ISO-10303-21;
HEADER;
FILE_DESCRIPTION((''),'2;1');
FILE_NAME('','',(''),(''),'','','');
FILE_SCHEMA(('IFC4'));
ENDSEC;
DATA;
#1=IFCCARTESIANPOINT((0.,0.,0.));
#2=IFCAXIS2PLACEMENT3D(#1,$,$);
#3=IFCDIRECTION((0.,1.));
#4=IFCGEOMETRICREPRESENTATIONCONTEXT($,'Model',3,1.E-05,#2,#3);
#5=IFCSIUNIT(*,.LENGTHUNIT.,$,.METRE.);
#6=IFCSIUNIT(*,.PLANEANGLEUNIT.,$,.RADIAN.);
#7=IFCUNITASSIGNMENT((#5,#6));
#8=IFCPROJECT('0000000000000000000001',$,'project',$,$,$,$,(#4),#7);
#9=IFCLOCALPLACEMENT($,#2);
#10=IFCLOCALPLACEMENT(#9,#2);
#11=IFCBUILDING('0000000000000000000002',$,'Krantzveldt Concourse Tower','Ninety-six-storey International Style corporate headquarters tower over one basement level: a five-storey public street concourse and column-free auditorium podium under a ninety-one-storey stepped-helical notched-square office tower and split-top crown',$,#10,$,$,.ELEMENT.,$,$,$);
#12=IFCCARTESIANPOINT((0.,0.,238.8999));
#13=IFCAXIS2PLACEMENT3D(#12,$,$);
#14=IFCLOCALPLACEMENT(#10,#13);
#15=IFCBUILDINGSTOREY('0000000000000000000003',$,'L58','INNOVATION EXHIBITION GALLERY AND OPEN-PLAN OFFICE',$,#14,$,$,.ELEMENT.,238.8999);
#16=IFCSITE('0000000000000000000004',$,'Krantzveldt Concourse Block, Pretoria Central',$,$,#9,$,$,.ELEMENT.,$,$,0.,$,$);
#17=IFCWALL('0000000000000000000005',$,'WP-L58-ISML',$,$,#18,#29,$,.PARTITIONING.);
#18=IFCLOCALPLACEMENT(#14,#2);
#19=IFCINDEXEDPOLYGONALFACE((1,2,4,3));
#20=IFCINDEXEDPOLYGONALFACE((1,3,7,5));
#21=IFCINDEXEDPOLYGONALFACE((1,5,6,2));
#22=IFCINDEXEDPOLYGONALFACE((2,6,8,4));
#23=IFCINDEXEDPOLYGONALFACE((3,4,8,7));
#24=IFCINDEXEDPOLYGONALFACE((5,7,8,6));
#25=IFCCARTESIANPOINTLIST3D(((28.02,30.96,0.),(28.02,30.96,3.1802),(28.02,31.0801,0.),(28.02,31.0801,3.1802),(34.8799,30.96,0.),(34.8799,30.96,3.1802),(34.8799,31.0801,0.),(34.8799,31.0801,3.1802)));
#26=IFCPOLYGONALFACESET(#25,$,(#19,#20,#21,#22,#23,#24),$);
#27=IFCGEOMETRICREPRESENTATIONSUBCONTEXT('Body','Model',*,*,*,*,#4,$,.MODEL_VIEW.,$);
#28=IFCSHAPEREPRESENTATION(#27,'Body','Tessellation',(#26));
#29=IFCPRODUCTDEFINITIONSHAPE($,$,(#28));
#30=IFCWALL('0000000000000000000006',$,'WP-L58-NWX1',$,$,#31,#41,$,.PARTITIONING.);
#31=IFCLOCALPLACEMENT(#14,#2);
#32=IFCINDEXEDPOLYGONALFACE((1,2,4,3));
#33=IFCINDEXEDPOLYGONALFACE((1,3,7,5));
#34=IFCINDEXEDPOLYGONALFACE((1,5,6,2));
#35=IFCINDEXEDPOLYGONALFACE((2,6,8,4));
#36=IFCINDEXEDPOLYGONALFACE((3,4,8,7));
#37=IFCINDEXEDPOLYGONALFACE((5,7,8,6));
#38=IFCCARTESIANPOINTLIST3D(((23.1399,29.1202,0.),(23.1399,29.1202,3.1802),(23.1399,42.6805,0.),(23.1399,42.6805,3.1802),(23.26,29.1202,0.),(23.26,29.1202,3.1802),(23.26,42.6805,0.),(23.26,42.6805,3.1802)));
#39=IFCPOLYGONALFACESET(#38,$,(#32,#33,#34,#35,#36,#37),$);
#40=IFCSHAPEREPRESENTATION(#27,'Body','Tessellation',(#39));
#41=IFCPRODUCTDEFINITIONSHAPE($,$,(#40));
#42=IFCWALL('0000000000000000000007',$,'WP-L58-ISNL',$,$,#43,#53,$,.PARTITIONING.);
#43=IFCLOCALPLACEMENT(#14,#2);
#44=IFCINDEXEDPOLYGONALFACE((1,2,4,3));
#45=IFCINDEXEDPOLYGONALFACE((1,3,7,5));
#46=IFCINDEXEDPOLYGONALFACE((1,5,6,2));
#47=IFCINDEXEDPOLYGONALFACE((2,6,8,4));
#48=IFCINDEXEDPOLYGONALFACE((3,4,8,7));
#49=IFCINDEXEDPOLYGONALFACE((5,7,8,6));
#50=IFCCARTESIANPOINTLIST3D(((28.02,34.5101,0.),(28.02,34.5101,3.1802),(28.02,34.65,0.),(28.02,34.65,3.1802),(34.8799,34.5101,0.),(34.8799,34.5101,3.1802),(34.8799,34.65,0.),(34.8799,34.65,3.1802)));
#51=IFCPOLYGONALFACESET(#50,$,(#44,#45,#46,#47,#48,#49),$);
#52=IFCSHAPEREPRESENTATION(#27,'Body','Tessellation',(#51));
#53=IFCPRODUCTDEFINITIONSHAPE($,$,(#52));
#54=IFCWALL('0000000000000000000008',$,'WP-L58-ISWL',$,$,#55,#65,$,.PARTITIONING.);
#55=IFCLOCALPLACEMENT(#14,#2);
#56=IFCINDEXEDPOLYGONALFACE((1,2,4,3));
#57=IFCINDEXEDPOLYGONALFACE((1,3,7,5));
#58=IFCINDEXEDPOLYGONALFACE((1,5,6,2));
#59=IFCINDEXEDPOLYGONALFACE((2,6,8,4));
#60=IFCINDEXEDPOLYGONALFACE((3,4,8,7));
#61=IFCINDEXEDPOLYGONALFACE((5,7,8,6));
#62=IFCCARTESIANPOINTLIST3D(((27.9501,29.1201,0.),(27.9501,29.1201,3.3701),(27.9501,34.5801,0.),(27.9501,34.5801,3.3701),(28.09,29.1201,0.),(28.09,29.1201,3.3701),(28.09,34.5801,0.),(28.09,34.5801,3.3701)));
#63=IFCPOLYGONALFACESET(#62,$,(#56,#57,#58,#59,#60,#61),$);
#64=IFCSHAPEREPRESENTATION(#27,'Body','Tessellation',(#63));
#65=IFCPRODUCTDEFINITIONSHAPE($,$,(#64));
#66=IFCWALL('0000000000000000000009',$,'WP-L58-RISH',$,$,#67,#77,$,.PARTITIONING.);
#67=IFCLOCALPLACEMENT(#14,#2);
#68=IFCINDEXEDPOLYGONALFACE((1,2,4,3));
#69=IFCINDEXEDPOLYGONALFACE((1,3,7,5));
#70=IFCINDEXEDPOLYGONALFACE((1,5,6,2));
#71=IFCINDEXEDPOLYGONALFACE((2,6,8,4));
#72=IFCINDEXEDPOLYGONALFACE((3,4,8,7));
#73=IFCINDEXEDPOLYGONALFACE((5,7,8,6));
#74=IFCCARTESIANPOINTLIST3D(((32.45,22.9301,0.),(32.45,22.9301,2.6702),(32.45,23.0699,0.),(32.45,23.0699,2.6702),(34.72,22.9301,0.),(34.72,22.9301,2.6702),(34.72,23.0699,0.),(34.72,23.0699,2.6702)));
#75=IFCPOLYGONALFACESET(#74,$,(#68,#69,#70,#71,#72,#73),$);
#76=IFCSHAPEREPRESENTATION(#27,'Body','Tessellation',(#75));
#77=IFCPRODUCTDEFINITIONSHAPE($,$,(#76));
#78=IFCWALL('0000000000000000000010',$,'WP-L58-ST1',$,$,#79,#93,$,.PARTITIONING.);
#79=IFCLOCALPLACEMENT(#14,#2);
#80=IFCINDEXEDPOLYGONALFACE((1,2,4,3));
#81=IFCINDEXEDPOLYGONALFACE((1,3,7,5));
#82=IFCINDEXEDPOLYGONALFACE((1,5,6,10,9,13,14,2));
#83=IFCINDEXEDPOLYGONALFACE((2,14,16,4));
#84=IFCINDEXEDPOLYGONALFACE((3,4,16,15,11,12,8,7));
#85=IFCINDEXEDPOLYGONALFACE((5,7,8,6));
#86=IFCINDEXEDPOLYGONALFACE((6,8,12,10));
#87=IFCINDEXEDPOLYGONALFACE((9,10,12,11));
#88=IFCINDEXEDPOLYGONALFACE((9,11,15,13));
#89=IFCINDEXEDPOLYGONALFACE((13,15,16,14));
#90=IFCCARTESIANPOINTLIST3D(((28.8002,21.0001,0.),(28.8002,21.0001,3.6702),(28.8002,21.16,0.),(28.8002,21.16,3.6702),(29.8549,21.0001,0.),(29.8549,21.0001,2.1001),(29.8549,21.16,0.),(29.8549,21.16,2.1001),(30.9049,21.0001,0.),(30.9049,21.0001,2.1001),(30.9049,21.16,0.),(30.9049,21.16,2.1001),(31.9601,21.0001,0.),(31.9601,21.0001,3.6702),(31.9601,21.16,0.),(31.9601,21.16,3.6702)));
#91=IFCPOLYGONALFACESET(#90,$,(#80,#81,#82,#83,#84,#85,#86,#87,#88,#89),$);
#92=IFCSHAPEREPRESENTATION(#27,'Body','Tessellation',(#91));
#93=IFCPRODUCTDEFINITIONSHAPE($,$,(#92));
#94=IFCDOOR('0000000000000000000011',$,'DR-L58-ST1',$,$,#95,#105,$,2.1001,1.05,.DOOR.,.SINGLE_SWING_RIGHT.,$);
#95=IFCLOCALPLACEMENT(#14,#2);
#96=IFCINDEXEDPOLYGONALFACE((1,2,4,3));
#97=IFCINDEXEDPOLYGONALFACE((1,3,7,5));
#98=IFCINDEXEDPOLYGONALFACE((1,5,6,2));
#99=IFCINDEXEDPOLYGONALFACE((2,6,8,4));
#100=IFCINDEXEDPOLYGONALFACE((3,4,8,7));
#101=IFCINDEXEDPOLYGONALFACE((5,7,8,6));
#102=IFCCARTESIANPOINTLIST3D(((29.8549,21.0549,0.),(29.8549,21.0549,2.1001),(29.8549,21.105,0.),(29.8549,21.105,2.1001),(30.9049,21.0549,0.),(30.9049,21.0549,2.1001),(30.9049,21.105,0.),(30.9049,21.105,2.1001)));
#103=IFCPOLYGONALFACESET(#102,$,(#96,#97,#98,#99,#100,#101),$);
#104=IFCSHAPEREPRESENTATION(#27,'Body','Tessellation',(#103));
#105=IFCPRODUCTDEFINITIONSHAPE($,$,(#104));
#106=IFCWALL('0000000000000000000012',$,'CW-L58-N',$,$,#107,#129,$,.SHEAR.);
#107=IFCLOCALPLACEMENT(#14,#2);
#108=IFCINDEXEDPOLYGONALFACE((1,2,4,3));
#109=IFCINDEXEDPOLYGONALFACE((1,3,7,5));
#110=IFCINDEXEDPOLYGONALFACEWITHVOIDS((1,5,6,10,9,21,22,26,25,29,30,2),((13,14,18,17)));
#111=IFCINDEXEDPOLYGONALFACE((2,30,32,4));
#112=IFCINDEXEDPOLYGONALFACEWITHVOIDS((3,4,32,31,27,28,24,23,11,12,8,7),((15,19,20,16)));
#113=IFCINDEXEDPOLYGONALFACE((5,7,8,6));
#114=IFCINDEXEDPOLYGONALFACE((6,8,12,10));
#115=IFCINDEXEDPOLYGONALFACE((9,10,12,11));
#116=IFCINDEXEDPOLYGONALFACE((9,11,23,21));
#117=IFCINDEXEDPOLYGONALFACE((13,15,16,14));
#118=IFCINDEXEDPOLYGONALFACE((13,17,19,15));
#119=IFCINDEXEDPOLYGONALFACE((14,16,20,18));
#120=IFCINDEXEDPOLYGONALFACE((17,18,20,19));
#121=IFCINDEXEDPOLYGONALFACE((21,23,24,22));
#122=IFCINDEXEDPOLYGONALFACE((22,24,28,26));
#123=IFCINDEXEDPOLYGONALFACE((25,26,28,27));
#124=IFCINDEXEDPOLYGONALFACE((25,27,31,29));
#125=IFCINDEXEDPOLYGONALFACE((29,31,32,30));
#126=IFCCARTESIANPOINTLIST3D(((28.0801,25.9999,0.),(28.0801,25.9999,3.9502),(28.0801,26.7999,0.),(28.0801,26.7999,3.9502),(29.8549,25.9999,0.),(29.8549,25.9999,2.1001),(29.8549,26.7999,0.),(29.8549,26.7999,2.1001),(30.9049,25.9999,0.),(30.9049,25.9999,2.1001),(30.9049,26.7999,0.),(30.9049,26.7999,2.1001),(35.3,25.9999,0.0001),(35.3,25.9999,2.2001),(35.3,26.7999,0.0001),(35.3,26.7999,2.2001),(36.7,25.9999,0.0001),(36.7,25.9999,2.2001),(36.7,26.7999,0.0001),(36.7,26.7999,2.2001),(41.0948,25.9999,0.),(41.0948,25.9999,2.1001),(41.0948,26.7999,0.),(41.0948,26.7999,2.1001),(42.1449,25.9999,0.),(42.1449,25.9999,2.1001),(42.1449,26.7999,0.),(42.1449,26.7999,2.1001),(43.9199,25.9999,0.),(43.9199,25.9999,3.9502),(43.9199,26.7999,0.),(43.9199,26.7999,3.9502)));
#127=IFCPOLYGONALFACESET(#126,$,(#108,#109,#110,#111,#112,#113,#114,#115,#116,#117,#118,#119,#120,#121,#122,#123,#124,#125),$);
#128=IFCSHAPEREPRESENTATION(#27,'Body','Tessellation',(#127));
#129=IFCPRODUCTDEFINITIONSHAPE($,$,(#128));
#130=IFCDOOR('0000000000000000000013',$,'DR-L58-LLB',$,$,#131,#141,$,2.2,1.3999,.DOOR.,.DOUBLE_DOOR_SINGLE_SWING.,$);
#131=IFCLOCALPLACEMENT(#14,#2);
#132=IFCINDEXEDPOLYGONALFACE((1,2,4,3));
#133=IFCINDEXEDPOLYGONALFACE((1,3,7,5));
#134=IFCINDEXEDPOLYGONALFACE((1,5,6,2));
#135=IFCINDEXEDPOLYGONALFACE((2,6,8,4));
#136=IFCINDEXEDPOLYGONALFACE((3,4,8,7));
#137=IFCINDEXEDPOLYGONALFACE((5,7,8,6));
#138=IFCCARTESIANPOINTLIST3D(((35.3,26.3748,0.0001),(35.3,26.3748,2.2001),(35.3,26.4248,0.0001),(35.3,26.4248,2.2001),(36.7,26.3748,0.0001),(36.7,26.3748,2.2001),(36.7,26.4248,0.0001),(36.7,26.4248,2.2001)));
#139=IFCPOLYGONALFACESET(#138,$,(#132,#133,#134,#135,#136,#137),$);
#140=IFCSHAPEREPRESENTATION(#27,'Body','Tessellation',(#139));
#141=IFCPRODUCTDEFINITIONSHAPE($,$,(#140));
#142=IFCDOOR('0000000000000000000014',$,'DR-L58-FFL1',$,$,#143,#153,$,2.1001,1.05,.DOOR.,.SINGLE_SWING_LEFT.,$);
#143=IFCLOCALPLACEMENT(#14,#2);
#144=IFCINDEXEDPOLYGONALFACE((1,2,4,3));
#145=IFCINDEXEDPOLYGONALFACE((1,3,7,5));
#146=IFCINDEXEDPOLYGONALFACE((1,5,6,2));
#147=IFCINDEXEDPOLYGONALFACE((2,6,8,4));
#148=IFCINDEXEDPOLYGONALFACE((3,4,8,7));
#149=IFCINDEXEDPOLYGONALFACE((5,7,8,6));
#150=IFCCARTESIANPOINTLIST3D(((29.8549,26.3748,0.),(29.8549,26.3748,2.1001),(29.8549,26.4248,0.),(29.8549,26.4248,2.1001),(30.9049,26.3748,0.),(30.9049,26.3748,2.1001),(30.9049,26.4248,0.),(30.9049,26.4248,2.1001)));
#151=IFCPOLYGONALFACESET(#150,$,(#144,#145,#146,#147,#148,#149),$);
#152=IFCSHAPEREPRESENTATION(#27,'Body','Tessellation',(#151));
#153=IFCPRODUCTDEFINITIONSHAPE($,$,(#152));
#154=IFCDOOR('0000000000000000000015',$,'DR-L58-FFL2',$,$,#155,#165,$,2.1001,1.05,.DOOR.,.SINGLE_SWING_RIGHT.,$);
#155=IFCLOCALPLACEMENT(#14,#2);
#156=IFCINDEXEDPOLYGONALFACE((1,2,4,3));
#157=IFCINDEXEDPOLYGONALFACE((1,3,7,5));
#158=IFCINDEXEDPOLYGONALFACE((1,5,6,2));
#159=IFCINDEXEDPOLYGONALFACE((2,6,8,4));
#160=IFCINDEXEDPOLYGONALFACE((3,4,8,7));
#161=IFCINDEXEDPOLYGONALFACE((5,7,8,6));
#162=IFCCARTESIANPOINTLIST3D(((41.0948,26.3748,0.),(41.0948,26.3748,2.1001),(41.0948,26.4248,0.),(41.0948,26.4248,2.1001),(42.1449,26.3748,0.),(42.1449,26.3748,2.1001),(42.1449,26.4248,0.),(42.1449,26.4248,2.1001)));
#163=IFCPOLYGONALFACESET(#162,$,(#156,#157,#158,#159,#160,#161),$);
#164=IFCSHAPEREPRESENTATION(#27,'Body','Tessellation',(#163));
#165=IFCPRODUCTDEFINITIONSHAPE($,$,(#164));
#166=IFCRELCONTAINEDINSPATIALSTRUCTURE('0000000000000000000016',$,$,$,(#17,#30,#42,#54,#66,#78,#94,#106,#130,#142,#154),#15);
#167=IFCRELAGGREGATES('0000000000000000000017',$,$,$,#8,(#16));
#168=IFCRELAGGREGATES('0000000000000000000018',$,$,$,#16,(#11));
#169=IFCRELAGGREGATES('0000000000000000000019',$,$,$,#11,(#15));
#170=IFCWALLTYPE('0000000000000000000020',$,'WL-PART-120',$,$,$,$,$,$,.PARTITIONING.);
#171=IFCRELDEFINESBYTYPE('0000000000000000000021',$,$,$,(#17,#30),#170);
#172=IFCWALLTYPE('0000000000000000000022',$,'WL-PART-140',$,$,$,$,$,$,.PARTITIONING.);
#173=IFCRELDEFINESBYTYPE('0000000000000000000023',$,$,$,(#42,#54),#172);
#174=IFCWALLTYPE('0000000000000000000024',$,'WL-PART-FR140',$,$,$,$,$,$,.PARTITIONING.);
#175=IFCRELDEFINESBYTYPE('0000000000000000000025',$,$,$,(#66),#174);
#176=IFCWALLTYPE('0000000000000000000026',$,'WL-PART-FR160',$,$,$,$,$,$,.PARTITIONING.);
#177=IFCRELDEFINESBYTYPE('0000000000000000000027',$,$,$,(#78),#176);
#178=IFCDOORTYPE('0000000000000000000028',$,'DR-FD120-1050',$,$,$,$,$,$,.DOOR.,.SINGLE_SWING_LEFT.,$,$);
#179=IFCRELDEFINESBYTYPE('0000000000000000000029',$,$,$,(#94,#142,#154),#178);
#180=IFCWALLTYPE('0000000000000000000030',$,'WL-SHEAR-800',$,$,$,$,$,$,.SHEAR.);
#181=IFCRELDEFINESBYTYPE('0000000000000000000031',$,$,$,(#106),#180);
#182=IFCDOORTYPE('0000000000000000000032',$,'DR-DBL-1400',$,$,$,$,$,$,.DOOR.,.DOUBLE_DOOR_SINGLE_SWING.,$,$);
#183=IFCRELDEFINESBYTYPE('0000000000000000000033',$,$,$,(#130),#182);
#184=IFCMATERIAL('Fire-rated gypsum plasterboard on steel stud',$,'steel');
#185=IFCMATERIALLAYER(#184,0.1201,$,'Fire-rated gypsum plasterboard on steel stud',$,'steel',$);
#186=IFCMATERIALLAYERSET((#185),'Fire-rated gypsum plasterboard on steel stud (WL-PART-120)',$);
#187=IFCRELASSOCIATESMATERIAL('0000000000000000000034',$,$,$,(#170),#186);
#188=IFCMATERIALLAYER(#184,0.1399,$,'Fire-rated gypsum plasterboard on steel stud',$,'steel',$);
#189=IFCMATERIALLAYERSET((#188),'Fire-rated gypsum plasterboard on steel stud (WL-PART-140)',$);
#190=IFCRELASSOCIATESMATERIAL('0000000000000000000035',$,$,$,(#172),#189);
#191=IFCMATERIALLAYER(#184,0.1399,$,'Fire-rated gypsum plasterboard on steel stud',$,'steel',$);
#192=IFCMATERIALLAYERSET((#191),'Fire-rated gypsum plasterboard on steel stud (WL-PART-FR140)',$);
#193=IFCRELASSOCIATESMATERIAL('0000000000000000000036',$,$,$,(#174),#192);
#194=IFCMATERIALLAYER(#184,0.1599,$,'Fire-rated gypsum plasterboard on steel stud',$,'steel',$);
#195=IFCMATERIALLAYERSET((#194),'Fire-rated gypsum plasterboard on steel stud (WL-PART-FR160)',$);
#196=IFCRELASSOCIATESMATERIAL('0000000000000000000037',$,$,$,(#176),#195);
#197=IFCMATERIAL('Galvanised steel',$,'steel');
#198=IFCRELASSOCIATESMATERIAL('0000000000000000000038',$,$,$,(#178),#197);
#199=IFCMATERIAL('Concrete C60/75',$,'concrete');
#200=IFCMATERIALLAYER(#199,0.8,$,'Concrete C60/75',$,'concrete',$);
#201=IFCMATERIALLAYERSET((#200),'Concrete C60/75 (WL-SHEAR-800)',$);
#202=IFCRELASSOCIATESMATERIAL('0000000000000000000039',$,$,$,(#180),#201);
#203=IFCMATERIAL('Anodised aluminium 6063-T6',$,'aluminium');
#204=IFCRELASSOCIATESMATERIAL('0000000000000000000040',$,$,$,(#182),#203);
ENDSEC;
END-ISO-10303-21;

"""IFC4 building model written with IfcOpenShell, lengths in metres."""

from ifc_helpers import new_model, si_unit, direction, frame, frame_2d, origin, place, context, subcontext, project, spatial, rectangle, extrude, material, layer, layer_set, type_object, element, fill, save


model = new_model("IFC4")

# Units and contexts
model_context = context("Model", 3, precision=1e-05, world=origin(), true_north=direction((0.0, 1.0)))
body_context = subcontext(model_context, "Body", "Model", "MODEL_VIEW")
ifc_project = project(units=[si_unit("LENGTHUNIT", "METRE"), si_unit("PLANEANGLEUNIT", "RADIAN")], contexts=[model_context])

# Site, building, storey
site_placement = place(None, origin())
site = spatial("IfcSite", under=ifc_project, at=site_placement, Name="Krantzveldt Concourse Block, Pretoria Central", CompositionType="ELEMENT", RefElevation=0.0)
building_placement = place(site_placement, origin())
building = spatial("IfcBuilding", under=site, at=building_placement, Name="Krantzveldt Concourse Tower", Description="Ninety-six-storey International Style corporate headquarters tower over one basement level: a five-storey public street concourse and column-free auditorium podium under a ninety-one-storey stepped-helical notched-square office tower and split-top crown", CompositionType="ELEMENT")
storey_placement = place(building_placement, frame((0.0, 0.0, 238.8999)))
storey = spatial("IfcBuildingStorey", under=building, at=storey_placement, Name="L58", Description="INNOVATION EXHIBITION GALLERY AND OPEN-PLAN OFFICE", CompositionType="ELEMENT", Elevation=238.8999)

# Walls
ifc_material_1 = material(Name="Fire-rated gypsum plasterboard on steel stud", Category="steel")
ifc_layer_1 = layer(ifc_material_1, 0.1201, Name="Fire-rated gypsum plasterboard on steel stud", Category="steel")
ifc_layer_set_1 = layer_set([ifc_layer_1], Name="Fire-rated gypsum plasterboard on steel stud (WL-PART-120)")
wall_type_1 = type_object("IfcWallType", Name="WL-PART-120", PredefinedType="PARTITIONING", material=ifc_layer_set_1)
wall_1_placement = place(storey_placement, frame((28.02, 31.02, 0.0), z_axis=(0.0, 0.0, 1.0), x_axis=(1.0, 0.0, 0.0)))
element("IfcWall", 1, at=wall_1_placement, inside=storey, type_object=wall_type_1, Name="WP-L58-ISML", PredefinedType="PARTITIONING", context=body_context, shape_type="SweptSolid", body=[
    extrude(rectangle(XDim=6.8599, YDim=0.1201, at=frame_2d((3.4299, 0.0))), origin(), (0.0, 0.0, 1.0), 3.1802),
])
wall_2_placement = place(storey_placement, frame((23.2, 29.1201, 0.0), z_axis=(0.0, 0.0, 1.0), x_axis=(0.0, 1.0, 0.0)))
element("IfcWall", 2, at=wall_2_placement, inside=storey, type_object=wall_type_1, Name="WP-L58-NWX1", PredefinedType="PARTITIONING", context=body_context, shape_type="SweptSolid", body=[
    extrude(rectangle(XDim=13.5603, YDim=0.1201, at=frame_2d((6.7803, 0.0))), origin(), (0.0, 0.0, 1.0), 3.1802),
])
ifc_layer_2 = layer(ifc_material_1, 0.1399, Name="Fire-rated gypsum plasterboard on steel stud", Category="steel")
ifc_layer_set_2 = layer_set([ifc_layer_2], Name="Fire-rated gypsum plasterboard on steel stud (WL-PART-140)")
wall_type_2 = type_object("IfcWallType", Name="WL-PART-140", PredefinedType="PARTITIONING", material=ifc_layer_set_2)
wall_3_placement = place(storey_placement, frame((28.02, 34.5801, 0.0), z_axis=(0.0, 0.0, 1.0), x_axis=(1.0, 0.0, 0.0)))
element("IfcWall", 3, at=wall_3_placement, inside=storey, type_object=wall_type_2, Name="WP-L58-ISNL", PredefinedType="PARTITIONING", context=body_context, shape_type="SweptSolid", body=[
    extrude(rectangle(XDim=6.8599, YDim=0.1399, at=frame_2d((3.4299, 0.0))), origin(), (0.0, 0.0, 1.0), 3.1802),
])
wall_4_placement = place(storey_placement, frame((28.02, 29.1201, 0.0), z_axis=(0.0, 0.0, 1.0), x_axis=(0.0, 1.0, 0.0)))
element("IfcWall", 4, at=wall_4_placement, inside=storey, type_object=wall_type_2, Name="WP-L58-ISWL", PredefinedType="PARTITIONING", context=body_context, shape_type="SweptSolid", body=[
    extrude(rectangle(XDim=5.46, YDim=0.1399, at=frame_2d((2.73, 0.0))), origin(), (0.0, 0.0, 1.0), 3.3701),
])
ifc_layer_3 = layer(ifc_material_1, 0.1399, Name="Fire-rated gypsum plasterboard on steel stud", Category="steel")
ifc_layer_set_3 = layer_set([ifc_layer_3], Name="Fire-rated gypsum plasterboard on steel stud (WL-PART-FR140)")
wall_type_3 = type_object("IfcWallType", Name="WL-PART-FR140", PredefinedType="PARTITIONING", material=ifc_layer_set_3)
wall_5_placement = place(storey_placement, frame((32.45, 23.0, 0.0), z_axis=(0.0, 0.0, 1.0), x_axis=(1.0, 0.0, 0.0)))
element("IfcWall", 5, at=wall_5_placement, inside=storey, type_object=wall_type_3, Name="WP-L58-RISH", PredefinedType="PARTITIONING", context=body_context, shape_type="SweptSolid", body=[
    extrude(rectangle(XDim=2.27, YDim=0.1399, at=frame_2d((1.135, 0.0))), origin(), (0.0, 0.0, 1.0), 2.6702),
])

# Wall, opening, door
ifc_layer_4 = layer(ifc_material_1, 0.1599, Name="Fire-rated gypsum plasterboard on steel stud", Category="steel")
ifc_layer_set_4 = layer_set([ifc_layer_4], Name="Fire-rated gypsum plasterboard on steel stud (WL-PART-FR160)")
wall_type_4 = type_object("IfcWallType", Name="WL-PART-FR160", PredefinedType="PARTITIONING", material=ifc_layer_set_4)
wall_6_placement = place(storey_placement, frame((28.8, 21.0801, 0.0), z_axis=(0.0, 0.0, 1.0), x_axis=(1.0, 0.0, 0.0)))
wall_6 = element("IfcWall", 6, at=wall_6_placement, inside=storey, type_object=wall_type_4, Name="WP-L58-ST1", PredefinedType="PARTITIONING", context=body_context, shape_type="SweptSolid", body=[
    extrude(rectangle(XDim=3.1599, YDim=0.1599, at=frame_2d((1.5801, 0.0))), origin(), (0.0, 0.0, 1.0), 3.6702),
])
opening_1_placement = place(wall_6_placement, frame((1.0549, 0.0, 0.0)))
opening_1 = element("IfcOpeningElement", 7, at=opening_1_placement, cuts=wall_6, PredefinedType="OPENING", context=body_context, shape_type="SweptSolid", body=[
    extrude(rectangle(XDim=1.05, YDim=2.1001, at=frame_2d((0.5249, 1.05))), frame((0.0, 0.0898, 0.0), z_axis=(0.0, -1.0, 0.0), x_axis=(1.0, 0.0, 0.0)), (0.0, 0.0, 1.0), 0.1799),
])
ifc_material_2 = material(Name="Galvanised steel", Category="steel")
door_type_1 = type_object("IfcDoorType", Name="DR-FD120-1050", OperationType="SINGLE_SWING_LEFT", PredefinedType="DOOR", material=ifc_material_2)
door_1_placement = place(opening_1_placement, origin())
door_1 = element("IfcDoor", 8, at=door_1_placement, inside=storey, type_object=door_type_1, Name="DR-L58-ST1", OperationType="SINGLE_SWING_RIGHT", OverallHeight=2.1001, OverallWidth=1.05, PredefinedType="DOOR", context=body_context, shape_type="SweptSolid", body=[
    extrude(rectangle(XDim=1.05, YDim=2.1001, at=frame_2d((0.5249, 1.05))), frame((0.0, 0.0249, 0.0), z_axis=(0.0, -1.0, 0.0), x_axis=(1.0, 0.0, 0.0)), (0.0, 0.0, 1.0), 0.05),
])
fill(opening_1, door_1)

# Wall, openings, doors
ifc_material_3 = material(Name="Concrete C60/75", Category="concrete")
ifc_layer_5 = layer(ifc_material_3, 0.8, Name="Concrete C60/75", Category="concrete")
ifc_layer_set_5 = layer_set([ifc_layer_5], Name="Concrete C60/75 (WL-SHEAR-800)")
wall_type_5 = type_object("IfcWallType", Name="WL-SHEAR-800", PredefinedType="SHEAR", material=ifc_layer_set_5)
wall_7_placement = place(storey_placement, frame((28.0801, 26.3999, 0.0), z_axis=(0.0, 0.0, 1.0), x_axis=(1.0, 0.0, 0.0)))
wall_7 = element("IfcWall", 9, at=wall_7_placement, inside=storey, type_object=wall_type_5, Name="CW-L58-N", PredefinedType="SHEAR", context=body_context, shape_type="SweptSolid", body=[
    extrude(rectangle(XDim=15.8398, YDim=0.8, at=frame_2d((7.9199, 0.0))), origin(), (0.0, 0.0, 1.0), 3.9502),
])
opening_2_placement = place(wall_7_placement, frame((7.22, 0.0, 0.0)))
opening_2 = element("IfcOpeningElement", 10, at=opening_2_placement, cuts=wall_7, PredefinedType="OPENING", context=body_context, shape_type="SweptSolid", body=[
    extrude(rectangle(XDim=1.3999, YDim=2.2, at=frame_2d((0.7, 1.1001))), frame((0.0, 0.4102, 0.0), z_axis=(0.0, -1.0, 0.0), x_axis=(1.0, 0.0, 0.0)), (0.0, 0.0, 1.0), 0.8201),
])
opening_3_placement = place(wall_7_placement, frame((1.7749, 0.0, 0.0)))
opening_3 = element("IfcOpeningElement", 11, at=opening_3_placement, cuts=wall_7, PredefinedType="OPENING", context=body_context, shape_type="SweptSolid", body=[
    extrude(rectangle(XDim=1.05, YDim=2.1001, at=frame_2d((0.5249, 1.05))), frame((0.0, 0.4102, 0.0), z_axis=(0.0, -1.0, 0.0), x_axis=(1.0, 0.0, 0.0)), (0.0, 0.0, 1.0), 0.8201),
])
opening_4_placement = place(wall_7_placement, frame((13.0149, 0.0, 0.0)))
opening_4 = element("IfcOpeningElement", 12, at=opening_4_placement, cuts=wall_7, PredefinedType="OPENING", context=body_context, shape_type="SweptSolid", body=[
    extrude(rectangle(XDim=1.05, YDim=2.1001, at=frame_2d((0.5249, 1.05))), frame((0.0, 0.4102, 0.0), z_axis=(0.0, -1.0, 0.0), x_axis=(1.0, 0.0, 0.0)), (0.0, 0.0, 1.0), 0.8201),
])
ifc_material_4 = material(Name="Anodised aluminium 6063-T6", Category="aluminium")
door_type_2 = type_object("IfcDoorType", Name="DR-DBL-1400", OperationType="DOUBLE_DOOR_SINGLE_SWING", PredefinedType="DOOR", material=ifc_material_4)
door_2_placement = place(opening_2_placement, origin())
door_2 = element("IfcDoor", 13, at=door_2_placement, inside=storey, type_object=door_type_2, Name="DR-L58-LLB", OperationType="DOUBLE_DOOR_SINGLE_SWING", OverallHeight=2.2, OverallWidth=1.3999, PredefinedType="DOOR", context=body_context, shape_type="SweptSolid", body=[
    extrude(rectangle(XDim=1.3999, YDim=2.2, at=frame_2d((0.7, 1.1001))), frame((0.0, 0.0249, 0.0), z_axis=(0.0, -1.0, 0.0), x_axis=(1.0, 0.0, 0.0)), (0.0, 0.0, 1.0), 0.05),
])
fill(opening_2, door_2)
door_3_placement = place(opening_3_placement, origin())
door_3 = element("IfcDoor", 14, at=door_3_placement, inside=storey, type_object=door_type_1, Name="DR-L58-FFL1", OperationType="SINGLE_SWING_LEFT", OverallHeight=2.1001, OverallWidth=1.05, PredefinedType="DOOR", context=body_context, shape_type="SweptSolid", body=[
    extrude(rectangle(XDim=1.05, YDim=2.1001, at=frame_2d((0.5249, 1.05))), frame((0.0, 0.0249, 0.0), z_axis=(0.0, -1.0, 0.0), x_axis=(1.0, 0.0, 0.0)), (0.0, 0.0, 1.0), 0.05),
])
fill(opening_3, door_3)
door_4_placement = place(opening_4_placement, origin())
door_4 = element("IfcDoor", 15, at=door_4_placement, inside=storey, type_object=door_type_1, Name="DR-L58-FFL2", OperationType="SINGLE_SWING_RIGHT", OverallHeight=2.1001, OverallWidth=1.05, PredefinedType="DOOR", context=body_context, shape_type="SweptSolid", body=[
    extrude(rectangle(XDim=1.05, YDim=2.1001, at=frame_2d((0.5249, 1.05))), frame((0.0, 0.0249, 0.0), z_axis=(0.0, -1.0, 0.0), x_axis=(1.0, 0.0, 0.0)), (0.0, 0.0, 1.0), 0.05),
])
fill(opening_4, door_4)

save(model, "model.ifc")
